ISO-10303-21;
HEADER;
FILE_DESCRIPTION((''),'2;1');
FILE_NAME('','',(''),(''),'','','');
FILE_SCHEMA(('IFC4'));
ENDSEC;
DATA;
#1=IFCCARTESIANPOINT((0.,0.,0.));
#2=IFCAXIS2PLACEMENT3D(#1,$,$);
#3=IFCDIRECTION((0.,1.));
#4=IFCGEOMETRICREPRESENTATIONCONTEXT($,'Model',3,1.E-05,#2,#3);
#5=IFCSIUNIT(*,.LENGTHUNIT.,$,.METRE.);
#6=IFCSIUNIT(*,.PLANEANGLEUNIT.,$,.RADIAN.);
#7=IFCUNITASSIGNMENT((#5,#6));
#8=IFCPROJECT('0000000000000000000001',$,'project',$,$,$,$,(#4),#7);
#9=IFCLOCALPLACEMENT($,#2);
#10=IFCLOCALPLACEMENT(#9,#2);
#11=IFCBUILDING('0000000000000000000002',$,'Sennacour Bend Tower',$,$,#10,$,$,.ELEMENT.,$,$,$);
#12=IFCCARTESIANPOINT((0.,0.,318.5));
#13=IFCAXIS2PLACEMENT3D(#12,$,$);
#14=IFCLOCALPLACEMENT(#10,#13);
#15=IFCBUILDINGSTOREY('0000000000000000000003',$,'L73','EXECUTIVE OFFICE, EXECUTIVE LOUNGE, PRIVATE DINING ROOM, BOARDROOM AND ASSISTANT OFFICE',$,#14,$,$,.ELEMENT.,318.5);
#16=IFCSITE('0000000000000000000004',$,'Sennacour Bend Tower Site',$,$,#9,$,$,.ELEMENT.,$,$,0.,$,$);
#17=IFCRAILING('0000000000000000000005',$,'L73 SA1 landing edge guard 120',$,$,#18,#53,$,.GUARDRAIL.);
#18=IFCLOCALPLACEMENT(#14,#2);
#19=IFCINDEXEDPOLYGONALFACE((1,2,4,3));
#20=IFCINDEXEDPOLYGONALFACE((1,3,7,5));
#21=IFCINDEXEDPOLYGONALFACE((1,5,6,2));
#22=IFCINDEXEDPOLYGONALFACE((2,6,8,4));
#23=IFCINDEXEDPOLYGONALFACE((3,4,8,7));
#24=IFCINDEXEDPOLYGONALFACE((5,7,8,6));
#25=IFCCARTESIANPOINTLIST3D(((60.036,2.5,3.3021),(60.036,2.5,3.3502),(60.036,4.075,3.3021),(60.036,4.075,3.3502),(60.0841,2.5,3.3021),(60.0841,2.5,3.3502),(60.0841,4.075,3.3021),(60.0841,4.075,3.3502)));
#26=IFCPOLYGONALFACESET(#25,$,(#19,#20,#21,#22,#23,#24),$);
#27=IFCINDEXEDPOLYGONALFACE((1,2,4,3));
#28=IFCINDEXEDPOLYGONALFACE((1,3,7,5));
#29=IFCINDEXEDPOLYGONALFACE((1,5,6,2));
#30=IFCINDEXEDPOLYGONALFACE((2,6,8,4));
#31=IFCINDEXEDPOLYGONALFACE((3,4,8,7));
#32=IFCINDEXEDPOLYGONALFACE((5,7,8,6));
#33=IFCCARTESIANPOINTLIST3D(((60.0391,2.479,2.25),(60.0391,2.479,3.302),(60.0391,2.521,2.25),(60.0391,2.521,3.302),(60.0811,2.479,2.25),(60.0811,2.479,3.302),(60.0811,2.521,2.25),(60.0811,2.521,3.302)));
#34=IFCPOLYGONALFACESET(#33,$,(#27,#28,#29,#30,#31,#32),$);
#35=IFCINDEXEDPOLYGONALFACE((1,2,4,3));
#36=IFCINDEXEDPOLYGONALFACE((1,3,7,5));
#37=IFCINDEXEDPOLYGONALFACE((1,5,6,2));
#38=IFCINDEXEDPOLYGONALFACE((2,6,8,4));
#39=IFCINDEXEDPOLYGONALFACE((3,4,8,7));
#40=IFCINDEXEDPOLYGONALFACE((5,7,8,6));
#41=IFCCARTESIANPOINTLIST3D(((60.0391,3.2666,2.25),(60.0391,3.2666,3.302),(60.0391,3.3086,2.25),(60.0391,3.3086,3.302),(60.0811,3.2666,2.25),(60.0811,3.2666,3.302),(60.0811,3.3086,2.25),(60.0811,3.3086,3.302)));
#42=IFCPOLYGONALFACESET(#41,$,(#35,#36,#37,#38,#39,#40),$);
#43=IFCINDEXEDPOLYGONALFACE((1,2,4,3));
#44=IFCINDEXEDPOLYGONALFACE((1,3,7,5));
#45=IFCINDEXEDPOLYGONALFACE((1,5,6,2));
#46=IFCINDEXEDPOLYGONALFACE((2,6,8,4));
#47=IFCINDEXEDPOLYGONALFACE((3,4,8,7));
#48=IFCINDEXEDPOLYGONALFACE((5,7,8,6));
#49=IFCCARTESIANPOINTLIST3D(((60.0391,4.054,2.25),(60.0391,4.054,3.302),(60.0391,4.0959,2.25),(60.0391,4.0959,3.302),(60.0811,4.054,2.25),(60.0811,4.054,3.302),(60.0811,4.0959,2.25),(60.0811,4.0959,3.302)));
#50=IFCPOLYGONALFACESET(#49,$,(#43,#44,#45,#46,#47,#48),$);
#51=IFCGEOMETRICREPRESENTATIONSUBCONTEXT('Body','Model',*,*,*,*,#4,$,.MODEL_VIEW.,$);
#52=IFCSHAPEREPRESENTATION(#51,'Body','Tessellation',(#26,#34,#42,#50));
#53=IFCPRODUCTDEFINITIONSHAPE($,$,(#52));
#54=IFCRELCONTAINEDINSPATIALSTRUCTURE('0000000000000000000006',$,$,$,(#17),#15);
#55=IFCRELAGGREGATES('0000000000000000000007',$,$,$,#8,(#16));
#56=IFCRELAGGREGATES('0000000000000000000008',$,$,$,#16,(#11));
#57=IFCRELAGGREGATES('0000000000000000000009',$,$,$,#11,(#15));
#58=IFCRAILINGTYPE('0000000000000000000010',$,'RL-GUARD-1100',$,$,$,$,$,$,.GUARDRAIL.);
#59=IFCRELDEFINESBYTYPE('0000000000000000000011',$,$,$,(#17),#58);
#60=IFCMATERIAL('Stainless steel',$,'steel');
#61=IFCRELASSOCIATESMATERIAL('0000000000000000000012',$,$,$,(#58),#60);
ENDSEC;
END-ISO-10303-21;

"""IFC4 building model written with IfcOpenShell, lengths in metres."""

from ifc_helpers import new_model, si_unit, direction, frame, origin, origin_2d, place, context, subcontext, project, spatial, rectangle, extrude, material, type_object, element, save


model = new_model("IFC4")

# Units and contexts
model_context = context("Model", 3, precision=1e-05, world=origin(), true_north=direction((0.0, 1.0)))
body_context = subcontext(model_context, "Body", "Model", "MODEL_VIEW")
ifc_project = project(units=[si_unit("LENGTHUNIT", "METRE"), si_unit("PLANEANGLEUNIT", "RADIAN")], contexts=[model_context])

# Site, building, storey
site_placement = place(None, origin())
site = spatial("IfcSite", under=ifc_project, at=site_placement, Name="Sennacour Bend Tower Site", CompositionType="ELEMENT", RefElevation=0.0)
building_placement = place(site_placement, origin())
building = spatial("IfcBuilding", under=site, at=building_placement, Name="Sennacour Bend Tower", CompositionType="ELEMENT")
storey_placement = place(building_placement, frame((0.0, 0.0, 318.5)))
storey = spatial("IfcBuildingStorey", under=building, at=storey_placement, Name="L73", Description="EXECUTIVE OFFICE, EXECUTIVE LOUNGE, PRIVATE DINING ROOM, BOARDROOM AND ASSISTANT OFFICE", CompositionType="ELEMENT", Elevation=318.5)

# Shared definitions
ifc_material_1 = material(Name="Stainless steel", Category="steel")

# Railing
railing_type = type_object("IfcRailingType", Name="RL-GUARD-1100", PredefinedType="GUARDRAIL", material=ifc_material_1)
railing_1_placement = place(storey_placement, frame((60.0601, 2.5, 2.25)))
element("IfcRailing", 1, at=railing_1_placement, inside=storey, type_object=railing_type, Name="L73 SA1 landing edge guard 120", PredefinedType="GUARDRAIL", context=body_context, shape_type="SweptSolid", body=[
    extrude(rectangle(XDim=0.0481, YDim=0.0481, at=origin_2d()), frame((0.0, 0.0, 1.0762), z_axis=(0.0, 1.0, 0.0), x_axis=(-1.0, 0.0, 0.0)), (0.0, 0.0, 1.0), 1.575),
    extrude(rectangle(XDim=0.042, YDim=0.042, at=origin_2d()), origin(), (0.0, 0.0, 1.0), 1.052),
    extrude(rectangle(XDim=0.042, YDim=0.042, at=origin_2d()), frame((0.0, 0.7876, 0.0)), (0.0, 0.0, 1.0), 1.052),
    extrude(rectangle(XDim=0.042, YDim=0.042, at=origin_2d()), frame((0.0, 1.575, 0.0)), (0.0, 0.0, 1.0), 1.052),
])

save(model, "model.ifc")
